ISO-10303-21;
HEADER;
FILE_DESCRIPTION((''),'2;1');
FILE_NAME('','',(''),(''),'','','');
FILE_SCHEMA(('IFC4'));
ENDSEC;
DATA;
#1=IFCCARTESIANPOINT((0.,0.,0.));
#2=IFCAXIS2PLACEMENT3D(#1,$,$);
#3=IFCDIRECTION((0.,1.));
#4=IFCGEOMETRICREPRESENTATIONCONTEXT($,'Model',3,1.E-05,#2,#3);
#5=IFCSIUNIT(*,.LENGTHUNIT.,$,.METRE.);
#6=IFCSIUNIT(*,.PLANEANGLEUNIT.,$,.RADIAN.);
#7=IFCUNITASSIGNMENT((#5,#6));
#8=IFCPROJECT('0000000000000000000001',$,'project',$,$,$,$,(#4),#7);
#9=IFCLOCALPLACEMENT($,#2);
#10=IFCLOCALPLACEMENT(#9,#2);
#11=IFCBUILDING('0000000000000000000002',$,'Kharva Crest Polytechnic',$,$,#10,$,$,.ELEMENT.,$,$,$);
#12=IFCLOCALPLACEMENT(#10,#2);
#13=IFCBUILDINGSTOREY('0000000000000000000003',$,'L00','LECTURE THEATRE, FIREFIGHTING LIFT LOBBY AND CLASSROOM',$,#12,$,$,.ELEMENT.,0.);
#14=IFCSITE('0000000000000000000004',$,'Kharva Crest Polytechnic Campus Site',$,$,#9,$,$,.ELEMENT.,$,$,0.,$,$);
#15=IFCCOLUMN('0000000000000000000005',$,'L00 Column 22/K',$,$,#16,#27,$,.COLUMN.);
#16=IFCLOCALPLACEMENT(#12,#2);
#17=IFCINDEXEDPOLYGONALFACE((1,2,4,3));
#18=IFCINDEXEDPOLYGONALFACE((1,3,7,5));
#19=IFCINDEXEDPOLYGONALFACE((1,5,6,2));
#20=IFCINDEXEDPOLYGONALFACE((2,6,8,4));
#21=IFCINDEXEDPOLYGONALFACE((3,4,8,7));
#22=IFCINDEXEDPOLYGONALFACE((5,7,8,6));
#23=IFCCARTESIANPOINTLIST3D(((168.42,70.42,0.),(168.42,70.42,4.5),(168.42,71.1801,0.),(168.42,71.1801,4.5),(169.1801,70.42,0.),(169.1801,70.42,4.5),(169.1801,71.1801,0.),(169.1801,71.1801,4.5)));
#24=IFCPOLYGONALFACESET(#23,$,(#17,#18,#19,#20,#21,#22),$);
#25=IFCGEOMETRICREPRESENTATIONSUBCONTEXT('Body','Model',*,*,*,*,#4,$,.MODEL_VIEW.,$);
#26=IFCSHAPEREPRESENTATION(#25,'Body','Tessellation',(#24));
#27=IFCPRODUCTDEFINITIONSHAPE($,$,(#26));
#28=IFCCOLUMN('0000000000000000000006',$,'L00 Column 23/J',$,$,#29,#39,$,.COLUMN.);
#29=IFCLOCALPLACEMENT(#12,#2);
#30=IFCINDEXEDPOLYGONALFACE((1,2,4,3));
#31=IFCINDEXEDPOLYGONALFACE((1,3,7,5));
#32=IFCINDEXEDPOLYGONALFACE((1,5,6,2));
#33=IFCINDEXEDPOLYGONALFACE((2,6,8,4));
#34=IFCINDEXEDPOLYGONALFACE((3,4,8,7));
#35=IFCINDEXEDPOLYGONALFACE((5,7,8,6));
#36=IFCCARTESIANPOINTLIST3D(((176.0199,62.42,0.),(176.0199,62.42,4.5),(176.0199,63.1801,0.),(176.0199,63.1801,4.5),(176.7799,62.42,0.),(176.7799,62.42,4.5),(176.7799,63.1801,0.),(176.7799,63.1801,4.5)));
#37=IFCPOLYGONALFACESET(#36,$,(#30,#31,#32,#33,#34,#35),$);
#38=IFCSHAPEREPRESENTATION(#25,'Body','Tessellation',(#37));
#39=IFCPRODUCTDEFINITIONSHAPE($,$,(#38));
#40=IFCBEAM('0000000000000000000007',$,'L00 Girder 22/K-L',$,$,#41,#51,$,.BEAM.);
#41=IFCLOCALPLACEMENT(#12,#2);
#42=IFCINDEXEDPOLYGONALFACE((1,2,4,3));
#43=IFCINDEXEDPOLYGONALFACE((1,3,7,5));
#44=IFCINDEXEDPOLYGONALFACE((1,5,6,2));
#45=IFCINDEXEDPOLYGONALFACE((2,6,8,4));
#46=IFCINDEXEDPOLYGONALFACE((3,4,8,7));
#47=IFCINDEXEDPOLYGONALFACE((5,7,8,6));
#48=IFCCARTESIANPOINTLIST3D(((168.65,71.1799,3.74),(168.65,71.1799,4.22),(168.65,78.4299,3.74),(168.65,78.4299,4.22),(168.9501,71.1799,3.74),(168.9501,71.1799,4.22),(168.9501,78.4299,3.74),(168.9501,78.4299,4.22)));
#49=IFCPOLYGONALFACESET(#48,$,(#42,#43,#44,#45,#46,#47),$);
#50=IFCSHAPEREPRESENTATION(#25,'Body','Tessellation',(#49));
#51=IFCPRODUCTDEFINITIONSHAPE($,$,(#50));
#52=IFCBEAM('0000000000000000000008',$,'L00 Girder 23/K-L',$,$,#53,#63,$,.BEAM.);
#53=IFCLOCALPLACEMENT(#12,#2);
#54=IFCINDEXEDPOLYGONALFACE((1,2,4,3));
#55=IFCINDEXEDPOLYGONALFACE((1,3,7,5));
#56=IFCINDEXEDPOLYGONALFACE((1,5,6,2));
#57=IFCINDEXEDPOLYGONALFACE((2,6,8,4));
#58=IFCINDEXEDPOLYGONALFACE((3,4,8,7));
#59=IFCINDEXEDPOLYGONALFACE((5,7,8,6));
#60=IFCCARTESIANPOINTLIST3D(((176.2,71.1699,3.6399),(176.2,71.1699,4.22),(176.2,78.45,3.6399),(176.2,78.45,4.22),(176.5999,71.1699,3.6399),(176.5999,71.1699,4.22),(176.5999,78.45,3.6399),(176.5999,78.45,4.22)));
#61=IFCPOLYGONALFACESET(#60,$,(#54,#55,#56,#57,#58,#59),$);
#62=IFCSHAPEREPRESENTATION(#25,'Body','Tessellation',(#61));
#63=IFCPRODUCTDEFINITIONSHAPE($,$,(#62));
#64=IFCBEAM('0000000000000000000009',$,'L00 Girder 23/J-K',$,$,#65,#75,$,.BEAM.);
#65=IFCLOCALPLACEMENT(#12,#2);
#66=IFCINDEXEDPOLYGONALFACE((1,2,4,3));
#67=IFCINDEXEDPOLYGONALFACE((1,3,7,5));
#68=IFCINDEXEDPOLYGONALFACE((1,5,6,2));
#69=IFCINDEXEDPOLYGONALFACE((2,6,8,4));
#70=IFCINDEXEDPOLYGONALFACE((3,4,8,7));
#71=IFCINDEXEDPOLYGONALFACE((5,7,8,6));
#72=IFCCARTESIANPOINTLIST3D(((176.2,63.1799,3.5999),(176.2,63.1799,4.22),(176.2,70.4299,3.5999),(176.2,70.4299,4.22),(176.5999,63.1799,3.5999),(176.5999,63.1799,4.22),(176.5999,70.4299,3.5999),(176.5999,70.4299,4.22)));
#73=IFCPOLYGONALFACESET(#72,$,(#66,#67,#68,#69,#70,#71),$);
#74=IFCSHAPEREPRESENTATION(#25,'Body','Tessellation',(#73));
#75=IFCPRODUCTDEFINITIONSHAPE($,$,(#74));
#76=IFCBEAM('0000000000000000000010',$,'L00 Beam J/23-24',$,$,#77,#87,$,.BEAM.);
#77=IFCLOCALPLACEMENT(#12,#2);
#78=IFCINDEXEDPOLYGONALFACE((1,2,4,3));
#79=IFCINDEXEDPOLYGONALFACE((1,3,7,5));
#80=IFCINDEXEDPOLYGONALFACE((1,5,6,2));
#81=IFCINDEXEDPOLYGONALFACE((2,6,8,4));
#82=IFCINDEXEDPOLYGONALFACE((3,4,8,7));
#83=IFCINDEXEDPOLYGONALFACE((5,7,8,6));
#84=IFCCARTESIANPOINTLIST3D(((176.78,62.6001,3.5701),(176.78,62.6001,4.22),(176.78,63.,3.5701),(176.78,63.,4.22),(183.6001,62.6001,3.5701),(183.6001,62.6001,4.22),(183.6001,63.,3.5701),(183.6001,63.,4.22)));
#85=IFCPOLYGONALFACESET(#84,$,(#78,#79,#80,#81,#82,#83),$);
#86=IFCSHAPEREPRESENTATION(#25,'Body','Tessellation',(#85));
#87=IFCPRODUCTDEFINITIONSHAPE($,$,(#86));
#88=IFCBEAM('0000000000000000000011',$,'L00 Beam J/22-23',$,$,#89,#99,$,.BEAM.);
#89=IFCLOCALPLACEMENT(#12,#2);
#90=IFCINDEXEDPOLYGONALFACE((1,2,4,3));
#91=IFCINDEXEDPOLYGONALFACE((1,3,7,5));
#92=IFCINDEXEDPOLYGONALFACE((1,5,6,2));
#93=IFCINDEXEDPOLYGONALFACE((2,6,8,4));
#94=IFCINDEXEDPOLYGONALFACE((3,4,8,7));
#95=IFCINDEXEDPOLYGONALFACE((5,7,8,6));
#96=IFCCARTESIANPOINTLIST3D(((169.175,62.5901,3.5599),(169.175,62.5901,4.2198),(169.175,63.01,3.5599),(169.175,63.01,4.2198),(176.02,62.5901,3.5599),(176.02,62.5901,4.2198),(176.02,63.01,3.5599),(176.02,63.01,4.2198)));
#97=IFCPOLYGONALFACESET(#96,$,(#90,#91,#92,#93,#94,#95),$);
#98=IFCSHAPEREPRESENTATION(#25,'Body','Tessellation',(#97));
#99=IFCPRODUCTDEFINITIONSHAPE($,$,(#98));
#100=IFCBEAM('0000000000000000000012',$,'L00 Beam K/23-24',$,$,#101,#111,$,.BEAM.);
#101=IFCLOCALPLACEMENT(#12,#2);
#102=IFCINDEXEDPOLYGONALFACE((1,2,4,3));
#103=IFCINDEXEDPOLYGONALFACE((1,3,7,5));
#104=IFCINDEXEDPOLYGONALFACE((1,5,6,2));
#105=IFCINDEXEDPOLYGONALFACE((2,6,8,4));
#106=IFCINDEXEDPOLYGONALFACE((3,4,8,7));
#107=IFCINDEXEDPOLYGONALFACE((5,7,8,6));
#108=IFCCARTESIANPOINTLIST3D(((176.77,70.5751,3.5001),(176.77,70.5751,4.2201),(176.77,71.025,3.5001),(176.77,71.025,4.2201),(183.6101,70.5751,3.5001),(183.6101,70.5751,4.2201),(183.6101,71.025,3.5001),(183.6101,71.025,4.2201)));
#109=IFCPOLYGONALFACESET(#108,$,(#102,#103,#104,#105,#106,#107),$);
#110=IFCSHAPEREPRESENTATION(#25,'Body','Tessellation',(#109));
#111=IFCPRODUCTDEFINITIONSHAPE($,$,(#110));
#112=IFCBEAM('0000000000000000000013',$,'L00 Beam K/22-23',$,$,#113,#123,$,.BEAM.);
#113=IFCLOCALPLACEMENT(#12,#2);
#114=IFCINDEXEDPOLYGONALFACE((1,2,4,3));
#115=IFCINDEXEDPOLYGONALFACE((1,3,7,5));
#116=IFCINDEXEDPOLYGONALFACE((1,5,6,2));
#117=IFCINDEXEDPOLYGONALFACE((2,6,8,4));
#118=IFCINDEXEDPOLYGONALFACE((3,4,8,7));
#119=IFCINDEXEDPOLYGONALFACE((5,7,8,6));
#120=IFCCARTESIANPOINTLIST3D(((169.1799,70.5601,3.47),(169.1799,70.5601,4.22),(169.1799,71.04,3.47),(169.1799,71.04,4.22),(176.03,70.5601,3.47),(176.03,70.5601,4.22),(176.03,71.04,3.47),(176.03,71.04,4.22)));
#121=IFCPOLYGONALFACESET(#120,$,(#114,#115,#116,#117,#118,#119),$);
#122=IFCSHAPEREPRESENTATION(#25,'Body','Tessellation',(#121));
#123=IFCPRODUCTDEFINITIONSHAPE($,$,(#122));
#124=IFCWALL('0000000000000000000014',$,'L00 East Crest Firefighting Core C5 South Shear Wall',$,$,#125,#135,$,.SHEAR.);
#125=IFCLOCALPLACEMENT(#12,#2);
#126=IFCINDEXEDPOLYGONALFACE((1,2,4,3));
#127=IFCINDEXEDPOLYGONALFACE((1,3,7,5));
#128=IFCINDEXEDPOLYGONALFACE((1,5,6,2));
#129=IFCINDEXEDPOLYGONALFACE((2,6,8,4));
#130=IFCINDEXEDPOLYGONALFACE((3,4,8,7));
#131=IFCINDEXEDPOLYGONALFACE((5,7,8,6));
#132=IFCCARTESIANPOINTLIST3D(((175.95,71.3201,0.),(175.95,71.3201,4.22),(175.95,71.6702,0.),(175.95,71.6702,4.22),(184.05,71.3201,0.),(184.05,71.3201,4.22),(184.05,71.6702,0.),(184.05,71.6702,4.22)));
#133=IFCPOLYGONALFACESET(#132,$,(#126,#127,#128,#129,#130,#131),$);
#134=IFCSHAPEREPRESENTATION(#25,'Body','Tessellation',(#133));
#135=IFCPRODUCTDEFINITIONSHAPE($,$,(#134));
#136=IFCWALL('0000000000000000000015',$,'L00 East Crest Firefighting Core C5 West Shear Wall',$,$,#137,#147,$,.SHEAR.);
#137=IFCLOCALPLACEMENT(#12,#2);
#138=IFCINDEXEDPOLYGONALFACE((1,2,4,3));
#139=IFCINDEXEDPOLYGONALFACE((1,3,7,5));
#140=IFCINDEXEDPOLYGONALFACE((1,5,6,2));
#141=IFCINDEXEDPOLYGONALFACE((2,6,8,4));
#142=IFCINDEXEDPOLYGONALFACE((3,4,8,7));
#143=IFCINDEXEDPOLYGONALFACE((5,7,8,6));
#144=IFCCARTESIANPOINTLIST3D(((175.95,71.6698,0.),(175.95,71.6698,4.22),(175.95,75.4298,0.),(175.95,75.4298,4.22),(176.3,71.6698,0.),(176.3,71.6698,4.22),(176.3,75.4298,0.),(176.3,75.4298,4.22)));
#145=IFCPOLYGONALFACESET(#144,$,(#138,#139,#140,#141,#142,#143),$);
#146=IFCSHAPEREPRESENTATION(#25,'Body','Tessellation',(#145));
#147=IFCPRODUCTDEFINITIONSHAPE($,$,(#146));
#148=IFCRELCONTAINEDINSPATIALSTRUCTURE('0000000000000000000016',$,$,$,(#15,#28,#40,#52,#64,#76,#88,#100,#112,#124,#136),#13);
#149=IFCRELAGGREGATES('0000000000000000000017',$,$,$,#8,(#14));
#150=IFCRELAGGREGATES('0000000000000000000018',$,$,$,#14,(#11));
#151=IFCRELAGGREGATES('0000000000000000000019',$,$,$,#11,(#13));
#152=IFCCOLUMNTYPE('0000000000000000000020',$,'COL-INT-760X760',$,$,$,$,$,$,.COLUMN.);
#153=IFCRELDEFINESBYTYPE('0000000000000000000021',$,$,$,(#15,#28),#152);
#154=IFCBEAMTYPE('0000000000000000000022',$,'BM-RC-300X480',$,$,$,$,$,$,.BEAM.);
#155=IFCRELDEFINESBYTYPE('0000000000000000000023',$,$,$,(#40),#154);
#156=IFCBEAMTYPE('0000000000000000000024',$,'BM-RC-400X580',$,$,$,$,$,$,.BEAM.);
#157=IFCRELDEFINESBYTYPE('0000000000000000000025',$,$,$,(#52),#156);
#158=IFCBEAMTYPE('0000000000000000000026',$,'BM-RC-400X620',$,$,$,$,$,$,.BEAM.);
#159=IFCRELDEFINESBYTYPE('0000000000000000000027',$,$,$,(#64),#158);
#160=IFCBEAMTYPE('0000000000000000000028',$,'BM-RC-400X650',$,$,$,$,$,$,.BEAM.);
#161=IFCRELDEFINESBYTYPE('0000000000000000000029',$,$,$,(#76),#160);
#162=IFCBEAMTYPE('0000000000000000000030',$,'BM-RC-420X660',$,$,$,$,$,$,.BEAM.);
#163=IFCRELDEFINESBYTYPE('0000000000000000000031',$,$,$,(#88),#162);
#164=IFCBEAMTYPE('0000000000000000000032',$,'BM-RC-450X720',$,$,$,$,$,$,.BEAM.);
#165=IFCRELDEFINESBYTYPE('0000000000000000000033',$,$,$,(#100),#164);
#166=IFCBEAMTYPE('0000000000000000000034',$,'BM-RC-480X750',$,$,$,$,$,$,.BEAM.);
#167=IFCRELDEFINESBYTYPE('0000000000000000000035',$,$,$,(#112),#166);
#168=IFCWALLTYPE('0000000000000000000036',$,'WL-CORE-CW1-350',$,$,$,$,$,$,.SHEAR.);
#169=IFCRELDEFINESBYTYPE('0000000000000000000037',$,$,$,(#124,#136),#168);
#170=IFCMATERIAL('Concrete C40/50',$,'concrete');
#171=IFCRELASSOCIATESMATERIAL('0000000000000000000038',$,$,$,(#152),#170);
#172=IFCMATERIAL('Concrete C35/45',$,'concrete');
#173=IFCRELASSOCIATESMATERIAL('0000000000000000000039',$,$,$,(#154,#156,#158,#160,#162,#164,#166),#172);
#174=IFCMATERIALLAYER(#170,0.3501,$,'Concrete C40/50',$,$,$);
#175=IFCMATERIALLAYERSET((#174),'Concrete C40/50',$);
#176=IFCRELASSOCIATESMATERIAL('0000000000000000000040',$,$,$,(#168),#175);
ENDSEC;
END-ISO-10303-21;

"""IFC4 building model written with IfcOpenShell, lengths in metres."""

from ifc_helpers import new_model, si_unit, direction, frame, frame_2d, origin, origin_2d, place, context, subcontext, project, spatial, rectangle, extrude, material, layer, layer_set, material_profile, profile_set, type_object, element, save


model = new_model("IFC4")

# Units and contexts
model_context = context("Model", 3, precision=1e-05, world=origin(), true_north=direction((0.0, 1.0)))
body_context = subcontext(model_context, "Body", "Model", "MODEL_VIEW")
ifc_project = project(units=[si_unit("LENGTHUNIT", "METRE"), si_unit("PLANEANGLEUNIT", "RADIAN")], contexts=[model_context])

# Site, building, storey
site_placement = place(None, origin())
site = spatial("IfcSite", under=ifc_project, at=site_placement, Name="Kharva Crest Polytechnic Campus Site", CompositionType="ELEMENT", RefElevation=0.0)
building_placement = place(site_placement, origin())
building = spatial("IfcBuilding", under=site, at=building_placement, Name="Kharva Crest Polytechnic", CompositionType="ELEMENT")
storey_placement = place(building_placement, origin())
storey = spatial("IfcBuildingStorey", under=building, at=storey_placement, Name="L00", Description="LECTURE THEATRE, FIREFIGHTING LIFT LOBBY AND CLASSROOM", CompositionType="ELEMENT", Elevation=0.0)

# Shared definitions
ifc_material_1 = material(Name="Concrete C35/45", Category="concrete")

# Columns
ifc_material_2 = material(Name="Concrete C40/50", Category="concrete")
ifc_material_profile_1 = material_profile(ifc_material_2, rectangle(XDim=0.76, YDim=0.76, at=origin_2d()), Name="RECT 760 X 760")
ifc_profile_set_1 = profile_set([ifc_material_profile_1], Name="Concrete C40/50")
column_type_1 = type_object("IfcColumnType", Name="COL-INT-760X760", PredefinedType="COLUMN", material=ifc_profile_set_1)
for number, where, z_axis, x_axis, name in (
    (1, (168.8, 70.8, 0.0), (0.0, 0.0, 1.0), (1.0, 0.0, 0.0), "L00 Column 22/K"),
    (2, (176.3999, 62.8, 0.0), (0.0, 0.0, 1.0), (1.0, 0.0, 0.0), "L00 Column 23/J"),
):
    element("IfcColumn", number, at=place(storey_placement, frame(where, z_axis=z_axis, x_axis=x_axis)), inside=storey, type_object=column_type_1, Name=name, PredefinedType="COLUMN", context=body_context, shape_type="SweptSolid", body=[
        extrude(rectangle(XDim=0.76, YDim=0.76, at=origin_2d()), origin(), (0.0, 0.0, 1.0), 4.5),
    ])

# Beams
ifc_material_profile_2 = material_profile(ifc_material_1, rectangle(XDim=0.3, YDim=0.48, at=origin_2d()), Name="RECT 300 X 480")
ifc_profile_set_2 = profile_set([ifc_material_profile_2], Name="Concrete C35/45")
beam_type_1 = type_object("IfcBeamType", Name="BM-RC-300X480", PredefinedType="BEAM", material=ifc_profile_set_2)
beam_1_placement = place(storey_placement, frame((168.8, 71.1799, 3.98), z_axis=(0.0, 1.0, 0.0), x_axis=(-1.0, 0.0, 0.0)))
element("IfcBeam", 3, at=beam_1_placement, inside=storey, type_object=beam_type_1, Name="L00 Girder 22/K-L", PredefinedType="BEAM", context=body_context, shape_type="SweptSolid", body=[
    extrude(rectangle(XDim=0.3, YDim=0.48, at=origin_2d()), origin(), (0.0, 0.0, 1.0), 7.25),
])
ifc_material_profile_3 = material_profile(ifc_material_1, rectangle(XDim=0.3999, YDim=0.5801, at=origin_2d()), Name="RECT 400 X 580")
ifc_profile_set_3 = profile_set([ifc_material_profile_3], Name="Concrete C35/45")
beam_type_2 = type_object("IfcBeamType", Name="BM-RC-400X580", PredefinedType="BEAM", material=ifc_profile_set_3)
beam_2_placement = place(storey_placement, frame((176.3999, 71.1699, 3.9299), z_axis=(0.0, 1.0, 0.0), x_axis=(-1.0, 0.0, 0.0)))
element("IfcBeam", 4, at=beam_2_placement, inside=storey, type_object=beam_type_2, Name="L00 Girder 23/K-L", PredefinedType="BEAM", context=body_context, shape_type="SweptSolid", body=[
    extrude(rectangle(XDim=0.3999, YDim=0.5801, at=origin_2d()), origin(), (0.0, 0.0, 1.0), 7.28),
])
ifc_material_profile_4 = material_profile(ifc_material_1, rectangle(XDim=0.3999, YDim=0.6201, at=origin_2d()), Name="RECT 400 X 620")
ifc_profile_set_4 = profile_set([ifc_material_profile_4], Name="Concrete C35/45")
beam_type_3 = type_object("IfcBeamType", Name="BM-RC-400X620", PredefinedType="BEAM", material=ifc_profile_set_4)
beam_3_placement = place(storey_placement, frame((176.3999, 63.1799, 3.9099), z_axis=(0.0, 1.0, 0.0), x_axis=(-1.0, 0.0, 0.0)))
element("IfcBeam", 5, at=beam_3_placement, inside=storey, type_object=beam_type_3, Name="L00 Girder 23/J-K", PredefinedType="BEAM", context=body_context, shape_type="SweptSolid", body=[
    extrude(rectangle(XDim=0.3999, YDim=0.6201, at=origin_2d()), origin(), (0.0, 0.0, 1.0), 7.25),
])
ifc_material_profile_5 = material_profile(ifc_material_1, rectangle(XDim=0.3999, YDim=0.6499, at=origin_2d()), Name="RECT 400 X 650")
ifc_profile_set_5 = profile_set([ifc_material_profile_5], Name="Concrete C35/45")
beam_type_4 = type_object("IfcBeamType", Name="BM-RC-400X650", PredefinedType="BEAM", material=ifc_profile_set_5)
beam_4_placement = place(storey_placement, frame((176.78, 62.8, 3.895), z_axis=(1.0, 0.0, 0.0), x_axis=(0.0, 1.0, 0.0)))
element("IfcBeam", 6, at=beam_4_placement, inside=storey, type_object=beam_type_4, Name="L00 Beam J/23-24", PredefinedType="BEAM", context=body_context, shape_type="SweptSolid", body=[
    extrude(rectangle(XDim=0.3999, YDim=0.6499, at=origin_2d()), origin(), (0.0, 0.0, 1.0), 6.8201),
])
ifc_material_profile_6 = material_profile(ifc_material_1, rectangle(XDim=0.4199, YDim=0.6599, at=origin_2d()), Name="RECT 420 X 660")
ifc_profile_set_6 = profile_set([ifc_material_profile_6], Name="Concrete C35/45")
beam_type_5 = type_object("IfcBeamType", Name="BM-RC-420X660", PredefinedType="BEAM", material=ifc_profile_set_6)
beam_5_placement = place(storey_placement, frame((169.175, 62.8, 3.8899), z_axis=(1.0, 0.0, 0.0), x_axis=(0.0, 1.0, 0.0)))
element("IfcBeam", 7, at=beam_5_placement, inside=storey, type_object=beam_type_5, Name="L00 Beam J/22-23", PredefinedType="BEAM", context=body_context, shape_type="SweptSolid", body=[
    extrude(rectangle(XDim=0.4199, YDim=0.6599, at=origin_2d()), origin(), (0.0, 0.0, 1.0), 6.845),
])
ifc_material_profile_7 = material_profile(ifc_material_1, rectangle(XDim=0.45, YDim=0.72, at=origin_2d()), Name="RECT 450 X 720")
ifc_profile_set_7 = profile_set([ifc_material_profile_7], Name="Concrete C35/45")
beam_type_6 = type_object("IfcBeamType", Name="BM-RC-450X720", PredefinedType="BEAM", material=ifc_profile_set_7)
beam_6_placement = place(storey_placement, frame((176.77, 70.8, 3.8601), z_axis=(1.0, 0.0, 0.0), x_axis=(0.0, 1.0, 0.0)))
element("IfcBeam", 8, at=beam_6_placement, inside=storey, type_object=beam_type_6, Name="L00 Beam K/23-24", PredefinedType="BEAM", context=body_context, shape_type="SweptSolid", body=[
    extrude(rectangle(XDim=0.45, YDim=0.72, at=origin_2d()), origin(), (0.0, 0.0, 1.0), 6.8401),
])
ifc_material_profile_8 = material_profile(ifc_material_1, rectangle(XDim=0.48, YDim=0.75, at=origin_2d()), Name="RECT 480 X 750")
ifc_profile_set_8 = profile_set([ifc_material_profile_8], Name="Concrete C35/45")
beam_type_7 = type_object("IfcBeamType", Name="BM-RC-480X750", PredefinedType="BEAM", material=ifc_profile_set_8)
beam_7_placement = place(storey_placement, frame((169.1799, 70.8, 3.845), z_axis=(1.0, 0.0, 0.0), x_axis=(0.0, 1.0, 0.0)))
element("IfcBeam", 9, at=beam_7_placement, inside=storey, type_object=beam_type_7, Name="L00 Beam K/22-23", PredefinedType="BEAM", context=body_context, shape_type="SweptSolid", body=[
    extrude(rectangle(XDim=0.48, YDim=0.75, at=origin_2d()), origin(), (0.0, 0.0, 1.0), 6.8501),
])

# Walls
ifc_layer = layer(ifc_material_2, 0.3501, Name="Concrete C40/50")
ifc_layer_set = layer_set([ifc_layer], Name="Concrete C40/50")
wall_type = type_object("IfcWallType", Name="WL-CORE-CW1-350", PredefinedType="SHEAR", material=ifc_layer_set)
wall_1_placement = place(storey_placement, frame((175.95, 71.4951, 0.0), z_axis=(0.0, 0.0, 1.0), x_axis=(1.0, 0.0, 0.0)))
element("IfcWall", 10, at=wall_1_placement, inside=storey, type_object=wall_type, Name="L00 East Crest Firefighting Core C5 South Shear Wall", PredefinedType="SHEAR", context=body_context, shape_type="SweptSolid", body=[
    extrude(rectangle(XDim=8.1001, YDim=0.3501, at=frame_2d((4.05, 0.0))), origin(), (0.0, 0.0, 1.0), 4.22),
])
wall_2_placement = place(storey_placement, frame((176.125, 71.6699, 0.0), z_axis=(0.0, 0.0, 1.0), x_axis=(0.0, 1.0, 0.0)))
element("IfcWall", 11, at=wall_2_placement, inside=storey, type_object=wall_type, Name="L00 East Crest Firefighting Core C5 West Shear Wall", PredefinedType="SHEAR", context=body_context, shape_type="SweptSolid", body=[
    extrude(rectangle(XDim=3.76, YDim=0.3501, at=frame_2d((1.8799, 0.0))), origin(), (0.0, 0.0, 1.0), 4.22),
])

save(model, "model.ifc")
